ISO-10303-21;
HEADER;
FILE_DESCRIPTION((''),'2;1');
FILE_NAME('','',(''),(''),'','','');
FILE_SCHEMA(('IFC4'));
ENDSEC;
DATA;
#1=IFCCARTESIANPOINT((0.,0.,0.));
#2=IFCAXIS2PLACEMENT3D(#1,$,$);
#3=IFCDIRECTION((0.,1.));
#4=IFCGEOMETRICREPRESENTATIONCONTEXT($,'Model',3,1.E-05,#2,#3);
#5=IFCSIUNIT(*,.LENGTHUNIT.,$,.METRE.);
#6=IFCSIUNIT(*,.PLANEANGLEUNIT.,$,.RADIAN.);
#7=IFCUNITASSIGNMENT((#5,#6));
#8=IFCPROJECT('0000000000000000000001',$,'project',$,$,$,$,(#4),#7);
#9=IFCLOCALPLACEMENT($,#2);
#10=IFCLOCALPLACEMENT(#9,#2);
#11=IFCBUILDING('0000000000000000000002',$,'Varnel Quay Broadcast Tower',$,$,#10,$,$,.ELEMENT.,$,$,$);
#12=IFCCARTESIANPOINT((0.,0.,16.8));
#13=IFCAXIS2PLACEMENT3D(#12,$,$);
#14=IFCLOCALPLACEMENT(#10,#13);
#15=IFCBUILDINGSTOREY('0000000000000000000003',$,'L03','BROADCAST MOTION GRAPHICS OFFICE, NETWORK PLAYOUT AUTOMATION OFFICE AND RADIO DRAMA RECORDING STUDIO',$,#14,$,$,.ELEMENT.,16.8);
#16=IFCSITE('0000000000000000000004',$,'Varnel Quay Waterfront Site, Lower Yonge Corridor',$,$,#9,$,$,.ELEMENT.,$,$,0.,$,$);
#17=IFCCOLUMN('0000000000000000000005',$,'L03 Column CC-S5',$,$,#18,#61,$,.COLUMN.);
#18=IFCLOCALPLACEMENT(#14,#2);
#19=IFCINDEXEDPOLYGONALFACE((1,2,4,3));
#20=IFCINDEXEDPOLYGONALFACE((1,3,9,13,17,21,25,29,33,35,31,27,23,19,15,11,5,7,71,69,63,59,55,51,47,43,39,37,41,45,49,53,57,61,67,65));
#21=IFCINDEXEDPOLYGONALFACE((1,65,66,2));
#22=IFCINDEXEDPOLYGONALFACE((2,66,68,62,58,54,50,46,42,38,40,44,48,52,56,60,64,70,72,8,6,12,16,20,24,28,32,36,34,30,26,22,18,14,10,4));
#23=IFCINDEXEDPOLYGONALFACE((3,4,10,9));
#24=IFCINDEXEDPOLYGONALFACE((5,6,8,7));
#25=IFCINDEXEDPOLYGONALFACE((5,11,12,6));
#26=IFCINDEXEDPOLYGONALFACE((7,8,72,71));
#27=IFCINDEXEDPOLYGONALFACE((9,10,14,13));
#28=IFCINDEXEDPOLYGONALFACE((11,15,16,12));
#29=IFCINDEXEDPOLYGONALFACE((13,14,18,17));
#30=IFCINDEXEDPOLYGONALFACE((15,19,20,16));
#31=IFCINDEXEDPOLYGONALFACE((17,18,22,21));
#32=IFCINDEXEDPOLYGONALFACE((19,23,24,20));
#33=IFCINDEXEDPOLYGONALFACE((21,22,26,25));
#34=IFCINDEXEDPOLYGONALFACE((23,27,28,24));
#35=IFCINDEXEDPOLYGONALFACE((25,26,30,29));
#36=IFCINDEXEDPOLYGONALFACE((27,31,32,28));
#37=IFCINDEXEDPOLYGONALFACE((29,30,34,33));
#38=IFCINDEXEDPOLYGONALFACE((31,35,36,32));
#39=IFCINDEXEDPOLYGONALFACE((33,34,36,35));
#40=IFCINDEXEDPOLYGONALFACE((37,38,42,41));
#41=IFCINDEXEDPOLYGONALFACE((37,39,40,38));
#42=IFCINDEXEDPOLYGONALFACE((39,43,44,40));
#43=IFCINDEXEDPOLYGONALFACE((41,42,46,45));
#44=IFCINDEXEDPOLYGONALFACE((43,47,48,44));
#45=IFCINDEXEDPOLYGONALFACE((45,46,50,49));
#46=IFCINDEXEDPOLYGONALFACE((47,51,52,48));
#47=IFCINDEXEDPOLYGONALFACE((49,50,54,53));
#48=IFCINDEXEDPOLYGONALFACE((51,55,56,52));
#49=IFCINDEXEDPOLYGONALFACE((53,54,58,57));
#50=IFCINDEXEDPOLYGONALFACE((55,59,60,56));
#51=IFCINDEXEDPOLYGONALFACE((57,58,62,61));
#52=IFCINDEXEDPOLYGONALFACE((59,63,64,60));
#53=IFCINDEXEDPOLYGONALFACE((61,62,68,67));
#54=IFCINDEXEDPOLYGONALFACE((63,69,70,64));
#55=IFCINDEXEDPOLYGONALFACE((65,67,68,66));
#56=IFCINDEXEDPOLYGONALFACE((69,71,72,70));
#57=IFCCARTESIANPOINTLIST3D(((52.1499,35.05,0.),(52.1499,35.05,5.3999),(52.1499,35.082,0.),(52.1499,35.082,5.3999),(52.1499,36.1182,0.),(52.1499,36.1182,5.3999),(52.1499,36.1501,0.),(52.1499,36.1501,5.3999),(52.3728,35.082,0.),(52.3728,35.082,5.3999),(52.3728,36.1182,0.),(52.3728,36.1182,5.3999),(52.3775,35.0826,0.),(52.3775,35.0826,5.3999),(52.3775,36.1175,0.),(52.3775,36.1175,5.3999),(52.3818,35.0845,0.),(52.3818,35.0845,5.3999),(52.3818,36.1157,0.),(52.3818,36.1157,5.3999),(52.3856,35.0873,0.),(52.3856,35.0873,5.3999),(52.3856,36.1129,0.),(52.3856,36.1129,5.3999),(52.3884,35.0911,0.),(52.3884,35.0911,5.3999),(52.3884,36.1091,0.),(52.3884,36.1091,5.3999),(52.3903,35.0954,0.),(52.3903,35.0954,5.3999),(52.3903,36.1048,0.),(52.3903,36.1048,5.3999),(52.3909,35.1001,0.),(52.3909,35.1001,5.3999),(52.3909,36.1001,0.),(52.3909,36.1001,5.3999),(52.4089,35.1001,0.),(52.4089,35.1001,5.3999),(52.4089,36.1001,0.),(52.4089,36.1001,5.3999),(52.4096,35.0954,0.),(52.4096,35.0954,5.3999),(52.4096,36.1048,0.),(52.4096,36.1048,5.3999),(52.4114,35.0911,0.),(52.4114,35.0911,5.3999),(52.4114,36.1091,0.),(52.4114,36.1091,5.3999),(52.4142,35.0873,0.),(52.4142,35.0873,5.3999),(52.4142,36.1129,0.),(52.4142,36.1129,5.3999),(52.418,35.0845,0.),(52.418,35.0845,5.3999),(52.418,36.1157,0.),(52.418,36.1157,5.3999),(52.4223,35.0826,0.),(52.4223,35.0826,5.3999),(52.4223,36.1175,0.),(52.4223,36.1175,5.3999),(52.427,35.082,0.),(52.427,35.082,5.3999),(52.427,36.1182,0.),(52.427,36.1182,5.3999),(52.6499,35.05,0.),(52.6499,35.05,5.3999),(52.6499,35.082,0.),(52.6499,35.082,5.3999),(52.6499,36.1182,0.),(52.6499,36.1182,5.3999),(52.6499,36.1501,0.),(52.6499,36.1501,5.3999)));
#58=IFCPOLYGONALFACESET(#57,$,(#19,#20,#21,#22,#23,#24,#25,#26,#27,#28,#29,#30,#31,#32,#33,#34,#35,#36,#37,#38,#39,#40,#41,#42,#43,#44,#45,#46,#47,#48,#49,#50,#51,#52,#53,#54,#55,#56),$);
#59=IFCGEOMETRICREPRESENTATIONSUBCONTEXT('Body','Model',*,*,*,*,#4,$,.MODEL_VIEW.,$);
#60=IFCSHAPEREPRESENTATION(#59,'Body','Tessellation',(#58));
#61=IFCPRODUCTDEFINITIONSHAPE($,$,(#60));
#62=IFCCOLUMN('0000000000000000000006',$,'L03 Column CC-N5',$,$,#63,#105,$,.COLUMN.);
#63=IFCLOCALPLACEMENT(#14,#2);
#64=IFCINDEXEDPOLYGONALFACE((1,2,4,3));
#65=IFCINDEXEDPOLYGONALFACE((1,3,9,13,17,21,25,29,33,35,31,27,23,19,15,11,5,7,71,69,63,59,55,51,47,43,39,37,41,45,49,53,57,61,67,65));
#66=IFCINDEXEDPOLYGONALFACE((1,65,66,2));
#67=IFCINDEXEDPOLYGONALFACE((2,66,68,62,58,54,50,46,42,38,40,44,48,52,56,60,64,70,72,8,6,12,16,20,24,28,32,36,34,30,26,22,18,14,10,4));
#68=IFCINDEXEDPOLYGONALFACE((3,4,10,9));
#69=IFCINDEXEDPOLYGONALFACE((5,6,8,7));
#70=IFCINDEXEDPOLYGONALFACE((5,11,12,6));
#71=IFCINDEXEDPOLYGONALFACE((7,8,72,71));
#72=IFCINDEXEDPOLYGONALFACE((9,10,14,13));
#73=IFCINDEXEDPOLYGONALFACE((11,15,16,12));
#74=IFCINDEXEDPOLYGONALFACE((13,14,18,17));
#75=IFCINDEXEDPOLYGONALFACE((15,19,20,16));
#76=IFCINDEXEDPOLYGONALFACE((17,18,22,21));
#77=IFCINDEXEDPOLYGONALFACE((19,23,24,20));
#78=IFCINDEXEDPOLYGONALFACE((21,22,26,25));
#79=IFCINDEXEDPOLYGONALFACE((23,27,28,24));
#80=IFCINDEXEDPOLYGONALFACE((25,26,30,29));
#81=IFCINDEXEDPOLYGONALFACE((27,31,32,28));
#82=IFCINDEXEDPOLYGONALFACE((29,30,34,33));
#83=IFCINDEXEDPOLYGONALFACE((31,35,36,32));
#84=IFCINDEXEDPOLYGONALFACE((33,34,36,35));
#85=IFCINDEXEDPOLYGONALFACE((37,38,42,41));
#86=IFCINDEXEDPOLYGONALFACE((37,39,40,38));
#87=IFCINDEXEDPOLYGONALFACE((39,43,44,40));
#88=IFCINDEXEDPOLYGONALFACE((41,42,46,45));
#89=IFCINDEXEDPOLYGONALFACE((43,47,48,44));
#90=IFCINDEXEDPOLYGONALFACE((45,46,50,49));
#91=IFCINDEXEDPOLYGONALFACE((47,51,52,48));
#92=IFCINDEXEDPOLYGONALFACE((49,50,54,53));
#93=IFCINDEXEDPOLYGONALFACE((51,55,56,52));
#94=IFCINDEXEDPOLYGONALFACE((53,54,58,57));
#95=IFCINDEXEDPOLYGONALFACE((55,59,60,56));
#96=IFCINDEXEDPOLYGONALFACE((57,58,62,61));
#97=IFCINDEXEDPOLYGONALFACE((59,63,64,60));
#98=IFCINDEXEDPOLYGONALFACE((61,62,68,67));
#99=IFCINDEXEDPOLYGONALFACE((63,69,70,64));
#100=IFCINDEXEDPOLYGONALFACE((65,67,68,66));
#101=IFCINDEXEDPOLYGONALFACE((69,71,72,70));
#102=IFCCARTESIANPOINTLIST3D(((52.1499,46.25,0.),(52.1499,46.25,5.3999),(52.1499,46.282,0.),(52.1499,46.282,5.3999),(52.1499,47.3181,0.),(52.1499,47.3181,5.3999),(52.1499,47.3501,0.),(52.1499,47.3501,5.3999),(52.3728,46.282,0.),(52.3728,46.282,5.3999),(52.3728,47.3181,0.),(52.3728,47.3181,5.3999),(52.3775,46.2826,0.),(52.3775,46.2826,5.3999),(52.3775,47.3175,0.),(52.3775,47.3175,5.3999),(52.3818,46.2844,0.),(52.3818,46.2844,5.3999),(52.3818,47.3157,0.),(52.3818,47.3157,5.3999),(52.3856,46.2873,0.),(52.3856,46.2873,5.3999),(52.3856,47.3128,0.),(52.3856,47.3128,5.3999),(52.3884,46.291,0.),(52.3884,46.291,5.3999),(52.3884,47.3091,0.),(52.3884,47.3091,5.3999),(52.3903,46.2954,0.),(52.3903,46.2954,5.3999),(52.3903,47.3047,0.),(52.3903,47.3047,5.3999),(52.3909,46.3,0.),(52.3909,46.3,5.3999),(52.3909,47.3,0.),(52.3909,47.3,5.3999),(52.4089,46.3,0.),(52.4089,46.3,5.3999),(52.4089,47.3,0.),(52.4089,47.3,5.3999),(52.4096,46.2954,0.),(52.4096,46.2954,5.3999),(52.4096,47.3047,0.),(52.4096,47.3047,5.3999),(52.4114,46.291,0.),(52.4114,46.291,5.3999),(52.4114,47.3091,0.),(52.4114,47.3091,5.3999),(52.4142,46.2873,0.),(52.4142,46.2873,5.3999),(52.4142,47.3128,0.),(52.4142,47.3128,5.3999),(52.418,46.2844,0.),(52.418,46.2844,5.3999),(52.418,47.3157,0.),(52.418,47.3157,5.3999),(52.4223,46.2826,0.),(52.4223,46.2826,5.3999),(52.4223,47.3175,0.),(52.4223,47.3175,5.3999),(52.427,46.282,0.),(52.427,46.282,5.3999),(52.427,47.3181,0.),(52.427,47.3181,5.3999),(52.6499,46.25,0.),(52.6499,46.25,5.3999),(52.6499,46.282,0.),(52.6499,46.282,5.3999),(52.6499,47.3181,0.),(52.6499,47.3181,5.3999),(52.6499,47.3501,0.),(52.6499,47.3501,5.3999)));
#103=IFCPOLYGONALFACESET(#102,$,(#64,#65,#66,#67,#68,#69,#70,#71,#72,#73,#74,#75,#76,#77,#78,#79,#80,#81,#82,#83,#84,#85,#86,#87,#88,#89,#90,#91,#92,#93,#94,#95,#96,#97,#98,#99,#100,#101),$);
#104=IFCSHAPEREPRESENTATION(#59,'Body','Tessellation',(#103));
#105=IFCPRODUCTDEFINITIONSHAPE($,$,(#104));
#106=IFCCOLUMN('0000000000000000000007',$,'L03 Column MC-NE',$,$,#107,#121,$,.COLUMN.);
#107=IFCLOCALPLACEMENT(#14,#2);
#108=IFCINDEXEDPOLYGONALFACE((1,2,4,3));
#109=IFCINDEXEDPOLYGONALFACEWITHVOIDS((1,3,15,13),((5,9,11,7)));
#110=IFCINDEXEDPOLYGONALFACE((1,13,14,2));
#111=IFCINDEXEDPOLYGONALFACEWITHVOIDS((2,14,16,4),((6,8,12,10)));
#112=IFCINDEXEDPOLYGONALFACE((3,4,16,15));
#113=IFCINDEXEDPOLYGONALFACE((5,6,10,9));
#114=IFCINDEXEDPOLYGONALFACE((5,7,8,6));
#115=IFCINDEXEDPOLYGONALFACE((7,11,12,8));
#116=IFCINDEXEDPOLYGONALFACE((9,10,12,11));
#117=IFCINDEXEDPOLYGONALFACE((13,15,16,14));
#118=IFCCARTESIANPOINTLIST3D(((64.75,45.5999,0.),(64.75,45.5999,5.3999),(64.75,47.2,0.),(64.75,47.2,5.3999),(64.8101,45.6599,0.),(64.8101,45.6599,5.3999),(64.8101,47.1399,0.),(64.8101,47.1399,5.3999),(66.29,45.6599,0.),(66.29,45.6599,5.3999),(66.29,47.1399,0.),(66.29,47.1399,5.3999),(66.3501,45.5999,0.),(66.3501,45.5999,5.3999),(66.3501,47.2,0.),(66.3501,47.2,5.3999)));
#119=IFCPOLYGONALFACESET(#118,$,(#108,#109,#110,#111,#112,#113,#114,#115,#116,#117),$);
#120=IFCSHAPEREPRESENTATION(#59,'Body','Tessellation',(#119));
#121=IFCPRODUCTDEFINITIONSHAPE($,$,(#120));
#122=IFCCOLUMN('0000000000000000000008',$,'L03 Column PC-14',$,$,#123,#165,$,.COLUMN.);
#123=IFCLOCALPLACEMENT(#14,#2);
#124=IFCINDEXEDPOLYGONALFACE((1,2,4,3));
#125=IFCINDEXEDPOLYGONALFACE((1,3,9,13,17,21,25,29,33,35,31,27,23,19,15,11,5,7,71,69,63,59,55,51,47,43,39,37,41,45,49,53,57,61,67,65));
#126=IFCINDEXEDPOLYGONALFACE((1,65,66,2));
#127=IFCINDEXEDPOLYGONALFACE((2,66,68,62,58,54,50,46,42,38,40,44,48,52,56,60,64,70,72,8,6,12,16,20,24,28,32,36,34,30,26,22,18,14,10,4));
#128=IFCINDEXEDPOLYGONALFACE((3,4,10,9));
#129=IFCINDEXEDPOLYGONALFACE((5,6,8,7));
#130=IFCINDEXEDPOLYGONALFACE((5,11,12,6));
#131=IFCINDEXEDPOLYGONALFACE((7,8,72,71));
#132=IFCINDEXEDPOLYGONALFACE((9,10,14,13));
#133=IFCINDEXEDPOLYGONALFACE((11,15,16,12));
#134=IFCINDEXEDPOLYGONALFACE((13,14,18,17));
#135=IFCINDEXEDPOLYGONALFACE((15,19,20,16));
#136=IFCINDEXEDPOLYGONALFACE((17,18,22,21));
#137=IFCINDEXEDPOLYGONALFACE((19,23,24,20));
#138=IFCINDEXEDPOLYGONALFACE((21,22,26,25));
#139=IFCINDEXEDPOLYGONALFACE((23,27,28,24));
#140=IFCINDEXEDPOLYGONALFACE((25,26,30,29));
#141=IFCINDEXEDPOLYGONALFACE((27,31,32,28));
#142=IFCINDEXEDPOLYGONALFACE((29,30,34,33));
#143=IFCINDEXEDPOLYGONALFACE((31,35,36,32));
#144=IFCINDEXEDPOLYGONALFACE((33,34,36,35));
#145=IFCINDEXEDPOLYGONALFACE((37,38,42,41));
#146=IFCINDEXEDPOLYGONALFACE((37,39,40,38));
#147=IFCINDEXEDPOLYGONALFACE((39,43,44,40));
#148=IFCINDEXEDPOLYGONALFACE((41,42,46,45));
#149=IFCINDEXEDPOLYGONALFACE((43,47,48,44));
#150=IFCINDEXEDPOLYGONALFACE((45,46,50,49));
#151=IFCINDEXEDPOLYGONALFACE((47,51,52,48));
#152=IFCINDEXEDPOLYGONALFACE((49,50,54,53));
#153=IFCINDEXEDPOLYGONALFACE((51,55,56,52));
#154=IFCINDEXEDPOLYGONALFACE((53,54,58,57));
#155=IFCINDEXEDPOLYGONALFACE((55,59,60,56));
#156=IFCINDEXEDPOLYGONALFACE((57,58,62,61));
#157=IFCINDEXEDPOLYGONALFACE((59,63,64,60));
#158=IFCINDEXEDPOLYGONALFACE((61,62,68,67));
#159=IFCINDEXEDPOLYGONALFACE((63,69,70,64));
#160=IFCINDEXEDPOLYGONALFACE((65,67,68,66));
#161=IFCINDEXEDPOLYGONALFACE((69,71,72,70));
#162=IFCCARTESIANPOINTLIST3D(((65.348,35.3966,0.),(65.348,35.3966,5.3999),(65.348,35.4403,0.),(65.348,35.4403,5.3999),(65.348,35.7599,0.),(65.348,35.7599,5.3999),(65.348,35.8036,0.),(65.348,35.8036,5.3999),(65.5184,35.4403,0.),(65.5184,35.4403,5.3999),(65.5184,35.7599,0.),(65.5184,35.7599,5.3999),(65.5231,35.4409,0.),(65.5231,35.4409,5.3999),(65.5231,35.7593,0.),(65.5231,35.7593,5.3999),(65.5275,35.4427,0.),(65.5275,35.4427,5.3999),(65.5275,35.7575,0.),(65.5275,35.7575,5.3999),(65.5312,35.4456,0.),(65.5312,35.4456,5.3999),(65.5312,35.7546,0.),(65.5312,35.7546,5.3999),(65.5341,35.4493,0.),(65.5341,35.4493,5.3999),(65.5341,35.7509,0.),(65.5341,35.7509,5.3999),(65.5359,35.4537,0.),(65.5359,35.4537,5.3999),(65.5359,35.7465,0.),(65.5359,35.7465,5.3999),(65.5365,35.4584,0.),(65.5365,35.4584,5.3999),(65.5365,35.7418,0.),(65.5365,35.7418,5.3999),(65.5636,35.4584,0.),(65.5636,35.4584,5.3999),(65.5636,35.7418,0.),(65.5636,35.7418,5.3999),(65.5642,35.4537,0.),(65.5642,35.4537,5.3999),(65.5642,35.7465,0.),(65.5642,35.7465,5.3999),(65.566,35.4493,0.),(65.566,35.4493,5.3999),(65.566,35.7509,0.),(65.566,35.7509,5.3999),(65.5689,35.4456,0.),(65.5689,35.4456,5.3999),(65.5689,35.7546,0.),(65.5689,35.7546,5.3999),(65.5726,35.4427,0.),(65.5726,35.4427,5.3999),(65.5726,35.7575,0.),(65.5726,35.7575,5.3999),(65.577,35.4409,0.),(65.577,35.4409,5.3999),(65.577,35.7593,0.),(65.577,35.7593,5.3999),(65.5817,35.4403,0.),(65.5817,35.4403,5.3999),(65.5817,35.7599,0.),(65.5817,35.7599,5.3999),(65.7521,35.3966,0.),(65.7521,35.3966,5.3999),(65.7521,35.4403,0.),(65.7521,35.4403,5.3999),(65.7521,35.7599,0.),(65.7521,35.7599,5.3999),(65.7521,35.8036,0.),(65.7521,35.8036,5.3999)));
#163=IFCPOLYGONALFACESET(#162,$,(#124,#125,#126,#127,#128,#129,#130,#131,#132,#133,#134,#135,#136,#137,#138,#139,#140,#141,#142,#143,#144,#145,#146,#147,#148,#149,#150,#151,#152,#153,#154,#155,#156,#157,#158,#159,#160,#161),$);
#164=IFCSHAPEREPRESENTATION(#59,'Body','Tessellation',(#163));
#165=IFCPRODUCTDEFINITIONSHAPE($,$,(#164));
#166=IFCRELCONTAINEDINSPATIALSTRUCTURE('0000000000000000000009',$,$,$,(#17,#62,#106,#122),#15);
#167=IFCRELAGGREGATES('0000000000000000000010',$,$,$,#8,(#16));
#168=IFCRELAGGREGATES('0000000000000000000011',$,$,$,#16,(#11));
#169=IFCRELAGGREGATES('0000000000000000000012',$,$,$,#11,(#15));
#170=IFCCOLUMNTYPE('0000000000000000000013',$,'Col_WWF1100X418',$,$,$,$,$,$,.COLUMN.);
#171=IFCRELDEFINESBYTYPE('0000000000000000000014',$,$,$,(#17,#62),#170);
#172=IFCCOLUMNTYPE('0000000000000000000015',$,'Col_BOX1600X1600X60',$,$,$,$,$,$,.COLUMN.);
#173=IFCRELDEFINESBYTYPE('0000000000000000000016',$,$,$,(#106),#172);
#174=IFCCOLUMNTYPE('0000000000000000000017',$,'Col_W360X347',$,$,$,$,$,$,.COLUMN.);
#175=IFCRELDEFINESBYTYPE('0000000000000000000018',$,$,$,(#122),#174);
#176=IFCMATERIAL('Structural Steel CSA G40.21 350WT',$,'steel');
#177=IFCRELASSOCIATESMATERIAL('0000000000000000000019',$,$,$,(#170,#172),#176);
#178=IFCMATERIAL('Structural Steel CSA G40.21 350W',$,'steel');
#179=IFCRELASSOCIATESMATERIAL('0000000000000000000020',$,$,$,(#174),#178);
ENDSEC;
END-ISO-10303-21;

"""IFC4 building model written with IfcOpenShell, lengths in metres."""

from ifc_helpers import new_model, si_unit, direction, frame, origin, origin_2d, place, context, subcontext, project, spatial, hollow_rectangle, i_section, extrude, source, transform, mapped, material, material_profile, profile_set, type_object, type_shapes, element, save


model = new_model("IFC4")

# Units and contexts
model_context = context("Model", 3, precision=1e-05, world=origin(), true_north=direction((0.0, 1.0)))
body_context = subcontext(model_context, "Body", "Model", "MODEL_VIEW")
ifc_project = project(units=[si_unit("LENGTHUNIT", "METRE"), si_unit("PLANEANGLEUNIT", "RADIAN")], contexts=[model_context])

# Site, building, storey
site_placement = place(None, origin())
site = spatial("IfcSite", under=ifc_project, at=site_placement, Name="Varnel Quay Waterfront Site, Lower Yonge Corridor", CompositionType="ELEMENT", RefElevation=0.0)
building_placement = place(site_placement, origin())
building = spatial("IfcBuilding", under=site, at=building_placement, Name="Varnel Quay Broadcast Tower", CompositionType="ELEMENT")
storey_placement = place(building_placement, frame((0.0, 0.0, 16.8)))
storey = spatial("IfcBuildingStorey", under=building, at=storey_placement, Name="L03", Description="BROADCAST MOTION GRAPHICS OFFICE, NETWORK PLAYOUT AUTOMATION OFFICE AND RADIO DRAMA RECORDING STUDIO", CompositionType="ELEMENT", Elevation=16.8)

# Columns
ifc_material_1 = material(Name="Structural Steel CSA G40.21 350WT", Category="steel")
ifc_material_profile_1 = material_profile(ifc_material_1, i_section(OverallWidth=0.5, OverallDepth=1.1001, WebThickness=0.0181, FlangeThickness=0.032, FilletRadius=0.0181, at=origin_2d()), Name="WWF1100X418")
ifc_profile_set_1 = profile_set([ifc_material_profile_1], Name="Structural Steel CSA G40.21 350WT")
column_type_1 = type_object("IfcColumnType", Name="Col_WWF1100X418", PredefinedType="COLUMN", material=ifc_profile_set_1)
shared_shape_1 = source(origin(), body_context, "Body", "SweptSolid", [
    extrude(i_section(OverallWidth=0.5, OverallDepth=1.1001, WebThickness=0.0181, FlangeThickness=0.032, FilletRadius=0.0181, at=origin_2d()), origin(), (0.0, 0.0, 1.0), 5.3999),
])
type_shapes(column_type_1, [shared_shape_1])
for number, where, z_axis, x_axis, name in (
    (1, (52.3999, 35.6001, 0.0), (0.0, 0.0, 1.0), (1.0, 0.0, 0.0), "L03 Column CC-S5"),
    (2, (52.3999, 46.8, 0.0), (0.0, 0.0, 1.0), (1.0, 0.0, 0.0), "L03 Column CC-N5"),
):
    element("IfcColumn", number, at=place(storey_placement, frame(where, z_axis=z_axis, x_axis=x_axis)), inside=storey, type_object=column_type_1, Name=name, PredefinedType="COLUMN", context=body_context, shape_type="MappedRepresentation", body=[
        mapped(shared_shape_1, transform((0.0, 0.0, 0.0), x_axis=(1.0, 0.0, 0.0), y_axis=(0.0, 1.0, 0.0), z_axis=(0.0, 0.0, 1.0), scale=1.0)),
    ])
ifc_material_profile_2 = material_profile(ifc_material_1, hollow_rectangle(XDim=1.6001, YDim=1.6001, WallThickness=0.0601, at=origin_2d()), Name="BOX1600X1600X60")
ifc_profile_set_2 = profile_set([ifc_material_profile_2], Name="Structural Steel CSA G40.21 350WT")
column_type_2 = type_object("IfcColumnType", Name="Col_BOX1600X1600X60", PredefinedType="COLUMN", material=ifc_profile_set_2)
shared_shape_2 = source(origin(), body_context, "Body", "SweptSolid", [
    extrude(hollow_rectangle(XDim=1.6001, YDim=1.6001, WallThickness=0.0601, at=origin_2d()), origin(), (0.0, 0.0, 1.0), 5.3999),
])
type_shapes(column_type_2, [shared_shape_2])
column_1_placement = place(storey_placement, frame((65.55, 46.3999, 0.0), z_axis=(0.0, 0.0, 1.0), x_axis=(1.0, 0.0, 0.0)))
element("IfcColumn", 3, at=column_1_placement, inside=storey, type_object=column_type_2, Name="L03 Column MC-NE", PredefinedType="COLUMN", context=body_context, shape_type="MappedRepresentation", body=[
    mapped(shared_shape_2, transform((0.0, 0.0, 0.0), x_axis=(1.0, 0.0, 0.0), y_axis=(0.0, 1.0, 0.0), z_axis=(0.0, 0.0, 1.0), scale=1.0)),
])
ifc_material_2 = material(Name="Structural Steel CSA G40.21 350W", Category="steel")
ifc_material_profile_3 = material_profile(ifc_material_2, i_section(OverallWidth=0.4041, OverallDepth=0.407, WebThickness=0.0271, FlangeThickness=0.0437, FilletRadius=0.0181, at=origin_2d()), Name="W360X347")
ifc_profile_set_3 = profile_set([ifc_material_profile_3], Name="Structural Steel CSA G40.21 350W")
column_type_3 = type_object("IfcColumnType", Name="Col_W360X347", PredefinedType="COLUMN", material=ifc_profile_set_3)
shared_shape_3 = source(origin(), body_context, "Body", "SweptSolid", [
    extrude(i_section(OverallWidth=0.4041, OverallDepth=0.407, WebThickness=0.0271, FlangeThickness=0.0437, FilletRadius=0.0181, at=origin_2d()), origin(), (0.0, 0.0, 1.0), 5.3999),
])
type_shapes(column_type_3, [shared_shape_3])
column_2_placement = place(storey_placement, frame((65.55, 35.6001, 0.0), z_axis=(0.0, 0.0, 1.0), x_axis=(1.0, 0.0, 0.0)))
element("IfcColumn", 4, at=column_2_placement, inside=storey, type_object=column_type_3, Name="L03 Column PC-14", PredefinedType="COLUMN", context=body_context, shape_type="MappedRepresentation", body=[
    mapped(shared_shape_3, transform((0.0, 0.0, 0.0), x_axis=(1.0, 0.0, 0.0), y_axis=(0.0, 1.0, 0.0), z_axis=(0.0, 0.0, 1.0), scale=1.0)),
])

save(model, "model.ifc")
